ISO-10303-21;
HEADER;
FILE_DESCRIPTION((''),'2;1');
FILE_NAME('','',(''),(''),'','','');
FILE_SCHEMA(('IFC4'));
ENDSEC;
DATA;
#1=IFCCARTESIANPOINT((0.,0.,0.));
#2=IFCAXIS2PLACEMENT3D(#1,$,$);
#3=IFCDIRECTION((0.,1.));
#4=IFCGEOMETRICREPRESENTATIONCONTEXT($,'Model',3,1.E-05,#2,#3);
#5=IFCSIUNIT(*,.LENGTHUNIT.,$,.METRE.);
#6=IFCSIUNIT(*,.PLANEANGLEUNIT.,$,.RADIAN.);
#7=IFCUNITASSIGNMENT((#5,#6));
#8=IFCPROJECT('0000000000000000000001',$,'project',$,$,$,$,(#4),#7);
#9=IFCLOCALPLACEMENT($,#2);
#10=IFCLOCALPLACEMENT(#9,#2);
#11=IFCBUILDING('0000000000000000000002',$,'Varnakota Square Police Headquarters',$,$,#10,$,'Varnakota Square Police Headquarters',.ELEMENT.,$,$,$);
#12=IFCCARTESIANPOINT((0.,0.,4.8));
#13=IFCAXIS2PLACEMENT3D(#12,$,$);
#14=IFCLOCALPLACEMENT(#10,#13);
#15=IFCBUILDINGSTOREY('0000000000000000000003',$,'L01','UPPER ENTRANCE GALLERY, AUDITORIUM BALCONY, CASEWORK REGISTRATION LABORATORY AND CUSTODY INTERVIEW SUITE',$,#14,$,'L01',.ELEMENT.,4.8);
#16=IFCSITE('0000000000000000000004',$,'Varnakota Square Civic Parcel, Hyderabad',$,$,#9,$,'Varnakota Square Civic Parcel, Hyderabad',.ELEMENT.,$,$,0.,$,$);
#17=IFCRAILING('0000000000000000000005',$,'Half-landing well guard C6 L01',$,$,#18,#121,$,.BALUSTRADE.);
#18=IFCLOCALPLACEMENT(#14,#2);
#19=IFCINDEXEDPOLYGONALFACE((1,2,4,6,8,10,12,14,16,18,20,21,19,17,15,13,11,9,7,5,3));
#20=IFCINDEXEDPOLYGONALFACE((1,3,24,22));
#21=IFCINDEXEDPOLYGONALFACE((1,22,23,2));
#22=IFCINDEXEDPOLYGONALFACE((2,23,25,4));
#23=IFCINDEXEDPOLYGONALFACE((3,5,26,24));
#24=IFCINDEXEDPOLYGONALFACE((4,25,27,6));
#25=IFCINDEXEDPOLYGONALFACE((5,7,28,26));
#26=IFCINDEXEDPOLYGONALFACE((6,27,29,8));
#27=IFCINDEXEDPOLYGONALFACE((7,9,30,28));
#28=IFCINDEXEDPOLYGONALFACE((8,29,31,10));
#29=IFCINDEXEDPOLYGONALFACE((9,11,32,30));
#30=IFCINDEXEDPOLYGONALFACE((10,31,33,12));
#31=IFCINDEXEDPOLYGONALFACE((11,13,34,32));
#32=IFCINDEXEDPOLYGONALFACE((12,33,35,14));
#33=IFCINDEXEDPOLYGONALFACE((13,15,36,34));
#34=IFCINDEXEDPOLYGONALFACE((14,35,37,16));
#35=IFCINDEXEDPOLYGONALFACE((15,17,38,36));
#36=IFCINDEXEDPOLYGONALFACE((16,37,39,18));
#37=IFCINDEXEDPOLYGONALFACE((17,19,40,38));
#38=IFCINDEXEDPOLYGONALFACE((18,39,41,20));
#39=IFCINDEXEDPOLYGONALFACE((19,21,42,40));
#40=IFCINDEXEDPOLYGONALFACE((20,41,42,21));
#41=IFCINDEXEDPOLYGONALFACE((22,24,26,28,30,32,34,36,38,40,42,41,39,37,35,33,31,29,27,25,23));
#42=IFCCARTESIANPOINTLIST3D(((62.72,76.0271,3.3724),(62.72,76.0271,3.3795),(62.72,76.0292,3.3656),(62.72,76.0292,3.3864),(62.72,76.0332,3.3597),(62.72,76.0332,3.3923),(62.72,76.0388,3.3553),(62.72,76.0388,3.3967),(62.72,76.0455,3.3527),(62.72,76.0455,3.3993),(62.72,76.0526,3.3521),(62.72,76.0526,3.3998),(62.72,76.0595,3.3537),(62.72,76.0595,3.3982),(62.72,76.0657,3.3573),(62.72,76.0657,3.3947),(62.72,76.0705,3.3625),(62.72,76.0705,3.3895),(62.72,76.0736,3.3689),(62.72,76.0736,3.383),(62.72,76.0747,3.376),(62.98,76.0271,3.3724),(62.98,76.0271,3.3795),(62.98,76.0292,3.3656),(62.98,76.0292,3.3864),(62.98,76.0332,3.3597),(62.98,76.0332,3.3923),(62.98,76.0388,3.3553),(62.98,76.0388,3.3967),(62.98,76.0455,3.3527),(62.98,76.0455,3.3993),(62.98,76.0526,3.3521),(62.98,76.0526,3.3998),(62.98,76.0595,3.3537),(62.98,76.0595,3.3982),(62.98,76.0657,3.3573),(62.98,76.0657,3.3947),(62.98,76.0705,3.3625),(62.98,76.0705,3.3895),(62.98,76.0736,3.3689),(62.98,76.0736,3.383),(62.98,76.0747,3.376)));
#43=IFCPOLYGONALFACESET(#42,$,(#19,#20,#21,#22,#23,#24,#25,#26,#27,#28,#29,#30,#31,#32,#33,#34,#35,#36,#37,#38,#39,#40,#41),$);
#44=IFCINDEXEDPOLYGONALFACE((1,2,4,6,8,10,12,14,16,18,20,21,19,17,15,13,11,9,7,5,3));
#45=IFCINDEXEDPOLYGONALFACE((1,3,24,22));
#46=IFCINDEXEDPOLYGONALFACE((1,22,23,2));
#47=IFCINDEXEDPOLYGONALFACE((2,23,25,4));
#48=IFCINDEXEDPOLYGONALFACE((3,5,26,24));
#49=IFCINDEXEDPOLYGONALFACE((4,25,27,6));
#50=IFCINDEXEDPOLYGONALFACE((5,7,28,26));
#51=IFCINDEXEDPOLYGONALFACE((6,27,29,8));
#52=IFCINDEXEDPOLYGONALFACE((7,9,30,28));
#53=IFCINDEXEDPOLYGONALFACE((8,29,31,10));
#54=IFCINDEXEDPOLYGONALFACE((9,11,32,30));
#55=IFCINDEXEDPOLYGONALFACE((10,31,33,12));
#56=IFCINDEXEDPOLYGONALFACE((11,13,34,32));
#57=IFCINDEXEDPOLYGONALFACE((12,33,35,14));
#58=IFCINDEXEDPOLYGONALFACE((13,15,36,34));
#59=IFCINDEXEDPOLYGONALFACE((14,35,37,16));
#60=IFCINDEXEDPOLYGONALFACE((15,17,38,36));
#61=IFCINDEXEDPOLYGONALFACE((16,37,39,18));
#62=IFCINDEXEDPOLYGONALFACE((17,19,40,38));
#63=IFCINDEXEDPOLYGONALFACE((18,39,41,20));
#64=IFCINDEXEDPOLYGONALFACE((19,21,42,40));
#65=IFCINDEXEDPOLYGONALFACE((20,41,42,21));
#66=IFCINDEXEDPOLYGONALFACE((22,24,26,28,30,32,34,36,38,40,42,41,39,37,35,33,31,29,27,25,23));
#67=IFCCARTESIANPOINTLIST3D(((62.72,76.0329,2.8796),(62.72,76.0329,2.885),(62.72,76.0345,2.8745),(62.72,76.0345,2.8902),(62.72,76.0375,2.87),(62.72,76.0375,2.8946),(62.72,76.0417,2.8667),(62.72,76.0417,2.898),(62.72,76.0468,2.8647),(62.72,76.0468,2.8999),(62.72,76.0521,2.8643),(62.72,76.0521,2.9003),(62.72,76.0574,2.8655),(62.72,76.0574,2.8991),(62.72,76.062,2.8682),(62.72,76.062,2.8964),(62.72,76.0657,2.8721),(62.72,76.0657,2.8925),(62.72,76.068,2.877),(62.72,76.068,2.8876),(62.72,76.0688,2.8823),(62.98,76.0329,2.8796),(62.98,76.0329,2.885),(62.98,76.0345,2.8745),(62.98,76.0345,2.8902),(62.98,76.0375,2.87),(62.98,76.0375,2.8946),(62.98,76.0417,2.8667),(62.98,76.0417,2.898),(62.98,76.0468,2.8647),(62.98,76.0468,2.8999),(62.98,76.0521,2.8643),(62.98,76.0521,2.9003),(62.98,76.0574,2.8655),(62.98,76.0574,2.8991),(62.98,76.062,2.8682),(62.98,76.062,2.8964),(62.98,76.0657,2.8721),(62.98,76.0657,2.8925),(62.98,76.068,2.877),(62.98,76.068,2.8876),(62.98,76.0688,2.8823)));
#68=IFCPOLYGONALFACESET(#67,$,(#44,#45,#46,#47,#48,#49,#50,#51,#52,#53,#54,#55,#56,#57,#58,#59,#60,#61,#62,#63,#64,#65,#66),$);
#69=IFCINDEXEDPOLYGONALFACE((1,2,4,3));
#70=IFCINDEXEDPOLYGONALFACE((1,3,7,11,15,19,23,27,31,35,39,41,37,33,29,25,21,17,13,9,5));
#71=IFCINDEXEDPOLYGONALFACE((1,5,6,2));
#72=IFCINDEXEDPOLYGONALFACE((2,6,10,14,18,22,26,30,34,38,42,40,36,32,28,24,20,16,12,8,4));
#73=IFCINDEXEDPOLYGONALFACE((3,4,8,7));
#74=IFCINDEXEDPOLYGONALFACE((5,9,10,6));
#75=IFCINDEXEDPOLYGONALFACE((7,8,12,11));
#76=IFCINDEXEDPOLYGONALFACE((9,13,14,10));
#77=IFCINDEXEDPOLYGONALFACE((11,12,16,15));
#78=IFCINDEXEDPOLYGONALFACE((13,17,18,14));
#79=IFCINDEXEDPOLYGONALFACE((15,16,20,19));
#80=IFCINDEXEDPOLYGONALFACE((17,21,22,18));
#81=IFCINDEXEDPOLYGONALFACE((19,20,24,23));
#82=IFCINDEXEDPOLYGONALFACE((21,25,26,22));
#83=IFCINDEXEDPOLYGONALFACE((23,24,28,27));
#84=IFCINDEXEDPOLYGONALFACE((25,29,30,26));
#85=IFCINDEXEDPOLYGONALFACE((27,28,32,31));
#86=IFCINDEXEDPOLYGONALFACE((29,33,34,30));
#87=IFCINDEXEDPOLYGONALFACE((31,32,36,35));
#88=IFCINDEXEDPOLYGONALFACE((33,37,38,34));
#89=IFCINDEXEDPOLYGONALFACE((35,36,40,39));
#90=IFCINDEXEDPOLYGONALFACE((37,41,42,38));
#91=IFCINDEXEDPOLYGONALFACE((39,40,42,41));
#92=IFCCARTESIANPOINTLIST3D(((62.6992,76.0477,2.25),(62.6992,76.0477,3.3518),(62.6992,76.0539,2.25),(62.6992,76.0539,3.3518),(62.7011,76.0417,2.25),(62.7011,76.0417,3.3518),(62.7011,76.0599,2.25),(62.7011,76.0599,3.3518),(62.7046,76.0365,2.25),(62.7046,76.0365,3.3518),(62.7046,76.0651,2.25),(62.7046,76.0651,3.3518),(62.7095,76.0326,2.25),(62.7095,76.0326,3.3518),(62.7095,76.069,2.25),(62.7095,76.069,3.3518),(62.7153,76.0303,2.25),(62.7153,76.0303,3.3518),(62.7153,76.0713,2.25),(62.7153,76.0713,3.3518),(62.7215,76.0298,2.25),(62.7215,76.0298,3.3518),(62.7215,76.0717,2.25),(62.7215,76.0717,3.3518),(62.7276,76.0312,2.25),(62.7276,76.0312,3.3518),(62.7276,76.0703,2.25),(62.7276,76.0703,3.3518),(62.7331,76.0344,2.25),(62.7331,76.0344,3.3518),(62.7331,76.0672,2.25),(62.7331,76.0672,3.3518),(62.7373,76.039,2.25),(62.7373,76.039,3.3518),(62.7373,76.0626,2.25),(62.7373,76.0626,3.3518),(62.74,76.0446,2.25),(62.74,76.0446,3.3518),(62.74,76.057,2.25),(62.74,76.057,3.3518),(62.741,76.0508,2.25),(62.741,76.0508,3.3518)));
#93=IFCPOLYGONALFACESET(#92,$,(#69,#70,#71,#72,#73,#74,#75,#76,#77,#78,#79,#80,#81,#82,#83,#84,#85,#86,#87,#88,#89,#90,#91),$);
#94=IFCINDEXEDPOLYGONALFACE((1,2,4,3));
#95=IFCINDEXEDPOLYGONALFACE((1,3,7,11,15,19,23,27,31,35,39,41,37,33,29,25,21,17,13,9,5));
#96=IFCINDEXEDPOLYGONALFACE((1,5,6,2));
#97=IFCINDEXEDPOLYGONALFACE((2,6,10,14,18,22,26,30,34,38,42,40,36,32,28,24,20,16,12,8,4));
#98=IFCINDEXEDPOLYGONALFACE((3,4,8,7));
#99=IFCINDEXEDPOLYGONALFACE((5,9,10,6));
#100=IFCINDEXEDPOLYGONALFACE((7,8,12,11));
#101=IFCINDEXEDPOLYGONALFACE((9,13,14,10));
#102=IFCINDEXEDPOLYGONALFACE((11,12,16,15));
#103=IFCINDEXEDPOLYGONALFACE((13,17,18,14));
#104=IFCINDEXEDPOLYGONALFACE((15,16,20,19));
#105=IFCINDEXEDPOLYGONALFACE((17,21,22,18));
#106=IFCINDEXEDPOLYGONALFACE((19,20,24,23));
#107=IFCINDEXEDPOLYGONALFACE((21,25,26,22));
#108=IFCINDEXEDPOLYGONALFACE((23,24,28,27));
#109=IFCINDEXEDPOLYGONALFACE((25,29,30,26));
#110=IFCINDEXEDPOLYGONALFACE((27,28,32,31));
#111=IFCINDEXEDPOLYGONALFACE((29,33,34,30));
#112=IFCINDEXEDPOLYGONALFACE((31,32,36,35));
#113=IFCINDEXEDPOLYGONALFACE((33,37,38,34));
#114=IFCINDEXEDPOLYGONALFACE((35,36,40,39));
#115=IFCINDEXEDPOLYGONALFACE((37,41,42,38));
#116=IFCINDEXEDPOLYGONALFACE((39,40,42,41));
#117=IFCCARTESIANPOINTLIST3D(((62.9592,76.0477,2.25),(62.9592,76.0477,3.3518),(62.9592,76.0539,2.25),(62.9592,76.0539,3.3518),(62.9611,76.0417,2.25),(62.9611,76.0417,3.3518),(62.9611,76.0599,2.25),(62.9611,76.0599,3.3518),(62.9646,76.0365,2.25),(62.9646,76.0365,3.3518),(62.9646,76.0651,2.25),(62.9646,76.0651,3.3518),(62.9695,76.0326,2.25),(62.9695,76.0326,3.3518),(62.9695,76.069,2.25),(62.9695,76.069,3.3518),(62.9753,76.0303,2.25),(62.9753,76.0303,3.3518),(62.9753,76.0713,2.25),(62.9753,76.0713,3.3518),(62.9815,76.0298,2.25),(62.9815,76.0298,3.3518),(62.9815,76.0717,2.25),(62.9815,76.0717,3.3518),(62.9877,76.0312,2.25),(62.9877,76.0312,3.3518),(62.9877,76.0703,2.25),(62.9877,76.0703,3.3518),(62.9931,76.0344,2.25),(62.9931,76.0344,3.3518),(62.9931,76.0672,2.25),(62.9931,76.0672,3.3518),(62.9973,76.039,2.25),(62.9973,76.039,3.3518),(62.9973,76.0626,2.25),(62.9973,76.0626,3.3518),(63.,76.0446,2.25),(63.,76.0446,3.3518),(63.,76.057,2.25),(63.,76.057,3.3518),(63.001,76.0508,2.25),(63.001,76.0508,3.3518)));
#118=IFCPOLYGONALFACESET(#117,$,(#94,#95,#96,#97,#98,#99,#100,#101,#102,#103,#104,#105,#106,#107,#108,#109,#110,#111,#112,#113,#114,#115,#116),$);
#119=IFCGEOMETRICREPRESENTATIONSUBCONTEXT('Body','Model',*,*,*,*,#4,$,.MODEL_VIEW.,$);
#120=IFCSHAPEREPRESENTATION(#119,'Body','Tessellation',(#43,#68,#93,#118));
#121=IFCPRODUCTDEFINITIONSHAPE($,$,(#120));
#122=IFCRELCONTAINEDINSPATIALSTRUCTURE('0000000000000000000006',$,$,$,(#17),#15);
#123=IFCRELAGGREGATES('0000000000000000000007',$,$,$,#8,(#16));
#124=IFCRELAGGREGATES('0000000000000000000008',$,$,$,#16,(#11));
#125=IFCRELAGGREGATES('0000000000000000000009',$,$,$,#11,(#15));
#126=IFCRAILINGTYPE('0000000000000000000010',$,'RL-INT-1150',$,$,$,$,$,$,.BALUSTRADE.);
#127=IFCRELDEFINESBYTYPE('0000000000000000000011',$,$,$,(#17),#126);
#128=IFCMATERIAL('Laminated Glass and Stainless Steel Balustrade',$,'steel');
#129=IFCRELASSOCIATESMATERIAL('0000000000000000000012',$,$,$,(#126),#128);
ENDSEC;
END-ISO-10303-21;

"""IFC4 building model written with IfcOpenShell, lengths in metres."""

from ifc_helpers import new_model, si_unit, direction, frame, origin, origin_2d, place, context, subcontext, project, spatial, circle, extrude, material, type_object, element, save


model = new_model("IFC4")

# Units and contexts
model_context = context("Model", 3, precision=1e-05, world=origin(), true_north=direction((0.0, 1.0)))
body_context = subcontext(model_context, "Body", "Model", "MODEL_VIEW")
ifc_project = project(units=[si_unit("LENGTHUNIT", "METRE"), si_unit("PLANEANGLEUNIT", "RADIAN")], contexts=[model_context])

# Site, building, storey
site_placement = place(None, origin())
site = spatial("IfcSite", under=ifc_project, at=site_placement, Name="Varnakota Square Civic Parcel, Hyderabad", LongName="Varnakota Square Civic Parcel, Hyderabad", CompositionType="ELEMENT", RefElevation=0.0)
building_placement = place(site_placement, origin())
building = spatial("IfcBuilding", under=site, at=building_placement, Name="Varnakota Square Police Headquarters", LongName="Varnakota Square Police Headquarters", CompositionType="ELEMENT")
storey_placement = place(building_placement, frame((0.0, 0.0, 4.8)))
storey = spatial("IfcBuildingStorey", under=building, at=storey_placement, Name="L01", Description="UPPER ENTRANCE GALLERY, AUDITORIUM BALCONY, CASEWORK REGISTRATION LABORATORY AND CUSTODY INTERVIEW SUITE", LongName="L01", CompositionType="ELEMENT", Elevation=4.8)

# Railing
ifc_material_1 = material(Name="Laminated Glass and Stainless Steel Balustrade", Category="steel")
railing_type_1 = type_object("IfcRailingType", Name="RL-INT-1150", PredefinedType="BALUSTRADE", material=ifc_material_1)
railing_1_placement = place(storey_placement, frame((62.72, 76.0508, 2.25)))
element("IfcRailing", 1, at=railing_1_placement, inside=storey, type_object=railing_type_1, Name="Half-landing well guard C6 L01", PredefinedType="BALUSTRADE", context=body_context, shape_type="SweptSolid", body=[
    extrude(circle(Radius=0.0239, at=origin_2d()), frame((0.0, 0.0, 1.126), z_axis=(1.0, 0.0, 0.0), x_axis=(0.0, 1.0, 0.0)), (0.0, 0.0, 1.0), 0.26),
    extrude(circle(Radius=0.0181, at=origin_2d()), frame((0.0, 0.0, 0.6323), z_axis=(1.0, 0.0, 0.0), x_axis=(0.0, 1.0, 0.0)), (0.0, 0.0, 1.0), 0.26),
    extrude(circle(Radius=0.021, at=origin_2d()), origin(), (0.0, 0.0, 1.0), 1.1018),
    extrude(circle(Radius=0.021, at=origin_2d()), frame((0.26, 0.0, 0.0)), (0.0, 0.0, 1.0), 1.1018),
])

save(model, "model.ifc")
